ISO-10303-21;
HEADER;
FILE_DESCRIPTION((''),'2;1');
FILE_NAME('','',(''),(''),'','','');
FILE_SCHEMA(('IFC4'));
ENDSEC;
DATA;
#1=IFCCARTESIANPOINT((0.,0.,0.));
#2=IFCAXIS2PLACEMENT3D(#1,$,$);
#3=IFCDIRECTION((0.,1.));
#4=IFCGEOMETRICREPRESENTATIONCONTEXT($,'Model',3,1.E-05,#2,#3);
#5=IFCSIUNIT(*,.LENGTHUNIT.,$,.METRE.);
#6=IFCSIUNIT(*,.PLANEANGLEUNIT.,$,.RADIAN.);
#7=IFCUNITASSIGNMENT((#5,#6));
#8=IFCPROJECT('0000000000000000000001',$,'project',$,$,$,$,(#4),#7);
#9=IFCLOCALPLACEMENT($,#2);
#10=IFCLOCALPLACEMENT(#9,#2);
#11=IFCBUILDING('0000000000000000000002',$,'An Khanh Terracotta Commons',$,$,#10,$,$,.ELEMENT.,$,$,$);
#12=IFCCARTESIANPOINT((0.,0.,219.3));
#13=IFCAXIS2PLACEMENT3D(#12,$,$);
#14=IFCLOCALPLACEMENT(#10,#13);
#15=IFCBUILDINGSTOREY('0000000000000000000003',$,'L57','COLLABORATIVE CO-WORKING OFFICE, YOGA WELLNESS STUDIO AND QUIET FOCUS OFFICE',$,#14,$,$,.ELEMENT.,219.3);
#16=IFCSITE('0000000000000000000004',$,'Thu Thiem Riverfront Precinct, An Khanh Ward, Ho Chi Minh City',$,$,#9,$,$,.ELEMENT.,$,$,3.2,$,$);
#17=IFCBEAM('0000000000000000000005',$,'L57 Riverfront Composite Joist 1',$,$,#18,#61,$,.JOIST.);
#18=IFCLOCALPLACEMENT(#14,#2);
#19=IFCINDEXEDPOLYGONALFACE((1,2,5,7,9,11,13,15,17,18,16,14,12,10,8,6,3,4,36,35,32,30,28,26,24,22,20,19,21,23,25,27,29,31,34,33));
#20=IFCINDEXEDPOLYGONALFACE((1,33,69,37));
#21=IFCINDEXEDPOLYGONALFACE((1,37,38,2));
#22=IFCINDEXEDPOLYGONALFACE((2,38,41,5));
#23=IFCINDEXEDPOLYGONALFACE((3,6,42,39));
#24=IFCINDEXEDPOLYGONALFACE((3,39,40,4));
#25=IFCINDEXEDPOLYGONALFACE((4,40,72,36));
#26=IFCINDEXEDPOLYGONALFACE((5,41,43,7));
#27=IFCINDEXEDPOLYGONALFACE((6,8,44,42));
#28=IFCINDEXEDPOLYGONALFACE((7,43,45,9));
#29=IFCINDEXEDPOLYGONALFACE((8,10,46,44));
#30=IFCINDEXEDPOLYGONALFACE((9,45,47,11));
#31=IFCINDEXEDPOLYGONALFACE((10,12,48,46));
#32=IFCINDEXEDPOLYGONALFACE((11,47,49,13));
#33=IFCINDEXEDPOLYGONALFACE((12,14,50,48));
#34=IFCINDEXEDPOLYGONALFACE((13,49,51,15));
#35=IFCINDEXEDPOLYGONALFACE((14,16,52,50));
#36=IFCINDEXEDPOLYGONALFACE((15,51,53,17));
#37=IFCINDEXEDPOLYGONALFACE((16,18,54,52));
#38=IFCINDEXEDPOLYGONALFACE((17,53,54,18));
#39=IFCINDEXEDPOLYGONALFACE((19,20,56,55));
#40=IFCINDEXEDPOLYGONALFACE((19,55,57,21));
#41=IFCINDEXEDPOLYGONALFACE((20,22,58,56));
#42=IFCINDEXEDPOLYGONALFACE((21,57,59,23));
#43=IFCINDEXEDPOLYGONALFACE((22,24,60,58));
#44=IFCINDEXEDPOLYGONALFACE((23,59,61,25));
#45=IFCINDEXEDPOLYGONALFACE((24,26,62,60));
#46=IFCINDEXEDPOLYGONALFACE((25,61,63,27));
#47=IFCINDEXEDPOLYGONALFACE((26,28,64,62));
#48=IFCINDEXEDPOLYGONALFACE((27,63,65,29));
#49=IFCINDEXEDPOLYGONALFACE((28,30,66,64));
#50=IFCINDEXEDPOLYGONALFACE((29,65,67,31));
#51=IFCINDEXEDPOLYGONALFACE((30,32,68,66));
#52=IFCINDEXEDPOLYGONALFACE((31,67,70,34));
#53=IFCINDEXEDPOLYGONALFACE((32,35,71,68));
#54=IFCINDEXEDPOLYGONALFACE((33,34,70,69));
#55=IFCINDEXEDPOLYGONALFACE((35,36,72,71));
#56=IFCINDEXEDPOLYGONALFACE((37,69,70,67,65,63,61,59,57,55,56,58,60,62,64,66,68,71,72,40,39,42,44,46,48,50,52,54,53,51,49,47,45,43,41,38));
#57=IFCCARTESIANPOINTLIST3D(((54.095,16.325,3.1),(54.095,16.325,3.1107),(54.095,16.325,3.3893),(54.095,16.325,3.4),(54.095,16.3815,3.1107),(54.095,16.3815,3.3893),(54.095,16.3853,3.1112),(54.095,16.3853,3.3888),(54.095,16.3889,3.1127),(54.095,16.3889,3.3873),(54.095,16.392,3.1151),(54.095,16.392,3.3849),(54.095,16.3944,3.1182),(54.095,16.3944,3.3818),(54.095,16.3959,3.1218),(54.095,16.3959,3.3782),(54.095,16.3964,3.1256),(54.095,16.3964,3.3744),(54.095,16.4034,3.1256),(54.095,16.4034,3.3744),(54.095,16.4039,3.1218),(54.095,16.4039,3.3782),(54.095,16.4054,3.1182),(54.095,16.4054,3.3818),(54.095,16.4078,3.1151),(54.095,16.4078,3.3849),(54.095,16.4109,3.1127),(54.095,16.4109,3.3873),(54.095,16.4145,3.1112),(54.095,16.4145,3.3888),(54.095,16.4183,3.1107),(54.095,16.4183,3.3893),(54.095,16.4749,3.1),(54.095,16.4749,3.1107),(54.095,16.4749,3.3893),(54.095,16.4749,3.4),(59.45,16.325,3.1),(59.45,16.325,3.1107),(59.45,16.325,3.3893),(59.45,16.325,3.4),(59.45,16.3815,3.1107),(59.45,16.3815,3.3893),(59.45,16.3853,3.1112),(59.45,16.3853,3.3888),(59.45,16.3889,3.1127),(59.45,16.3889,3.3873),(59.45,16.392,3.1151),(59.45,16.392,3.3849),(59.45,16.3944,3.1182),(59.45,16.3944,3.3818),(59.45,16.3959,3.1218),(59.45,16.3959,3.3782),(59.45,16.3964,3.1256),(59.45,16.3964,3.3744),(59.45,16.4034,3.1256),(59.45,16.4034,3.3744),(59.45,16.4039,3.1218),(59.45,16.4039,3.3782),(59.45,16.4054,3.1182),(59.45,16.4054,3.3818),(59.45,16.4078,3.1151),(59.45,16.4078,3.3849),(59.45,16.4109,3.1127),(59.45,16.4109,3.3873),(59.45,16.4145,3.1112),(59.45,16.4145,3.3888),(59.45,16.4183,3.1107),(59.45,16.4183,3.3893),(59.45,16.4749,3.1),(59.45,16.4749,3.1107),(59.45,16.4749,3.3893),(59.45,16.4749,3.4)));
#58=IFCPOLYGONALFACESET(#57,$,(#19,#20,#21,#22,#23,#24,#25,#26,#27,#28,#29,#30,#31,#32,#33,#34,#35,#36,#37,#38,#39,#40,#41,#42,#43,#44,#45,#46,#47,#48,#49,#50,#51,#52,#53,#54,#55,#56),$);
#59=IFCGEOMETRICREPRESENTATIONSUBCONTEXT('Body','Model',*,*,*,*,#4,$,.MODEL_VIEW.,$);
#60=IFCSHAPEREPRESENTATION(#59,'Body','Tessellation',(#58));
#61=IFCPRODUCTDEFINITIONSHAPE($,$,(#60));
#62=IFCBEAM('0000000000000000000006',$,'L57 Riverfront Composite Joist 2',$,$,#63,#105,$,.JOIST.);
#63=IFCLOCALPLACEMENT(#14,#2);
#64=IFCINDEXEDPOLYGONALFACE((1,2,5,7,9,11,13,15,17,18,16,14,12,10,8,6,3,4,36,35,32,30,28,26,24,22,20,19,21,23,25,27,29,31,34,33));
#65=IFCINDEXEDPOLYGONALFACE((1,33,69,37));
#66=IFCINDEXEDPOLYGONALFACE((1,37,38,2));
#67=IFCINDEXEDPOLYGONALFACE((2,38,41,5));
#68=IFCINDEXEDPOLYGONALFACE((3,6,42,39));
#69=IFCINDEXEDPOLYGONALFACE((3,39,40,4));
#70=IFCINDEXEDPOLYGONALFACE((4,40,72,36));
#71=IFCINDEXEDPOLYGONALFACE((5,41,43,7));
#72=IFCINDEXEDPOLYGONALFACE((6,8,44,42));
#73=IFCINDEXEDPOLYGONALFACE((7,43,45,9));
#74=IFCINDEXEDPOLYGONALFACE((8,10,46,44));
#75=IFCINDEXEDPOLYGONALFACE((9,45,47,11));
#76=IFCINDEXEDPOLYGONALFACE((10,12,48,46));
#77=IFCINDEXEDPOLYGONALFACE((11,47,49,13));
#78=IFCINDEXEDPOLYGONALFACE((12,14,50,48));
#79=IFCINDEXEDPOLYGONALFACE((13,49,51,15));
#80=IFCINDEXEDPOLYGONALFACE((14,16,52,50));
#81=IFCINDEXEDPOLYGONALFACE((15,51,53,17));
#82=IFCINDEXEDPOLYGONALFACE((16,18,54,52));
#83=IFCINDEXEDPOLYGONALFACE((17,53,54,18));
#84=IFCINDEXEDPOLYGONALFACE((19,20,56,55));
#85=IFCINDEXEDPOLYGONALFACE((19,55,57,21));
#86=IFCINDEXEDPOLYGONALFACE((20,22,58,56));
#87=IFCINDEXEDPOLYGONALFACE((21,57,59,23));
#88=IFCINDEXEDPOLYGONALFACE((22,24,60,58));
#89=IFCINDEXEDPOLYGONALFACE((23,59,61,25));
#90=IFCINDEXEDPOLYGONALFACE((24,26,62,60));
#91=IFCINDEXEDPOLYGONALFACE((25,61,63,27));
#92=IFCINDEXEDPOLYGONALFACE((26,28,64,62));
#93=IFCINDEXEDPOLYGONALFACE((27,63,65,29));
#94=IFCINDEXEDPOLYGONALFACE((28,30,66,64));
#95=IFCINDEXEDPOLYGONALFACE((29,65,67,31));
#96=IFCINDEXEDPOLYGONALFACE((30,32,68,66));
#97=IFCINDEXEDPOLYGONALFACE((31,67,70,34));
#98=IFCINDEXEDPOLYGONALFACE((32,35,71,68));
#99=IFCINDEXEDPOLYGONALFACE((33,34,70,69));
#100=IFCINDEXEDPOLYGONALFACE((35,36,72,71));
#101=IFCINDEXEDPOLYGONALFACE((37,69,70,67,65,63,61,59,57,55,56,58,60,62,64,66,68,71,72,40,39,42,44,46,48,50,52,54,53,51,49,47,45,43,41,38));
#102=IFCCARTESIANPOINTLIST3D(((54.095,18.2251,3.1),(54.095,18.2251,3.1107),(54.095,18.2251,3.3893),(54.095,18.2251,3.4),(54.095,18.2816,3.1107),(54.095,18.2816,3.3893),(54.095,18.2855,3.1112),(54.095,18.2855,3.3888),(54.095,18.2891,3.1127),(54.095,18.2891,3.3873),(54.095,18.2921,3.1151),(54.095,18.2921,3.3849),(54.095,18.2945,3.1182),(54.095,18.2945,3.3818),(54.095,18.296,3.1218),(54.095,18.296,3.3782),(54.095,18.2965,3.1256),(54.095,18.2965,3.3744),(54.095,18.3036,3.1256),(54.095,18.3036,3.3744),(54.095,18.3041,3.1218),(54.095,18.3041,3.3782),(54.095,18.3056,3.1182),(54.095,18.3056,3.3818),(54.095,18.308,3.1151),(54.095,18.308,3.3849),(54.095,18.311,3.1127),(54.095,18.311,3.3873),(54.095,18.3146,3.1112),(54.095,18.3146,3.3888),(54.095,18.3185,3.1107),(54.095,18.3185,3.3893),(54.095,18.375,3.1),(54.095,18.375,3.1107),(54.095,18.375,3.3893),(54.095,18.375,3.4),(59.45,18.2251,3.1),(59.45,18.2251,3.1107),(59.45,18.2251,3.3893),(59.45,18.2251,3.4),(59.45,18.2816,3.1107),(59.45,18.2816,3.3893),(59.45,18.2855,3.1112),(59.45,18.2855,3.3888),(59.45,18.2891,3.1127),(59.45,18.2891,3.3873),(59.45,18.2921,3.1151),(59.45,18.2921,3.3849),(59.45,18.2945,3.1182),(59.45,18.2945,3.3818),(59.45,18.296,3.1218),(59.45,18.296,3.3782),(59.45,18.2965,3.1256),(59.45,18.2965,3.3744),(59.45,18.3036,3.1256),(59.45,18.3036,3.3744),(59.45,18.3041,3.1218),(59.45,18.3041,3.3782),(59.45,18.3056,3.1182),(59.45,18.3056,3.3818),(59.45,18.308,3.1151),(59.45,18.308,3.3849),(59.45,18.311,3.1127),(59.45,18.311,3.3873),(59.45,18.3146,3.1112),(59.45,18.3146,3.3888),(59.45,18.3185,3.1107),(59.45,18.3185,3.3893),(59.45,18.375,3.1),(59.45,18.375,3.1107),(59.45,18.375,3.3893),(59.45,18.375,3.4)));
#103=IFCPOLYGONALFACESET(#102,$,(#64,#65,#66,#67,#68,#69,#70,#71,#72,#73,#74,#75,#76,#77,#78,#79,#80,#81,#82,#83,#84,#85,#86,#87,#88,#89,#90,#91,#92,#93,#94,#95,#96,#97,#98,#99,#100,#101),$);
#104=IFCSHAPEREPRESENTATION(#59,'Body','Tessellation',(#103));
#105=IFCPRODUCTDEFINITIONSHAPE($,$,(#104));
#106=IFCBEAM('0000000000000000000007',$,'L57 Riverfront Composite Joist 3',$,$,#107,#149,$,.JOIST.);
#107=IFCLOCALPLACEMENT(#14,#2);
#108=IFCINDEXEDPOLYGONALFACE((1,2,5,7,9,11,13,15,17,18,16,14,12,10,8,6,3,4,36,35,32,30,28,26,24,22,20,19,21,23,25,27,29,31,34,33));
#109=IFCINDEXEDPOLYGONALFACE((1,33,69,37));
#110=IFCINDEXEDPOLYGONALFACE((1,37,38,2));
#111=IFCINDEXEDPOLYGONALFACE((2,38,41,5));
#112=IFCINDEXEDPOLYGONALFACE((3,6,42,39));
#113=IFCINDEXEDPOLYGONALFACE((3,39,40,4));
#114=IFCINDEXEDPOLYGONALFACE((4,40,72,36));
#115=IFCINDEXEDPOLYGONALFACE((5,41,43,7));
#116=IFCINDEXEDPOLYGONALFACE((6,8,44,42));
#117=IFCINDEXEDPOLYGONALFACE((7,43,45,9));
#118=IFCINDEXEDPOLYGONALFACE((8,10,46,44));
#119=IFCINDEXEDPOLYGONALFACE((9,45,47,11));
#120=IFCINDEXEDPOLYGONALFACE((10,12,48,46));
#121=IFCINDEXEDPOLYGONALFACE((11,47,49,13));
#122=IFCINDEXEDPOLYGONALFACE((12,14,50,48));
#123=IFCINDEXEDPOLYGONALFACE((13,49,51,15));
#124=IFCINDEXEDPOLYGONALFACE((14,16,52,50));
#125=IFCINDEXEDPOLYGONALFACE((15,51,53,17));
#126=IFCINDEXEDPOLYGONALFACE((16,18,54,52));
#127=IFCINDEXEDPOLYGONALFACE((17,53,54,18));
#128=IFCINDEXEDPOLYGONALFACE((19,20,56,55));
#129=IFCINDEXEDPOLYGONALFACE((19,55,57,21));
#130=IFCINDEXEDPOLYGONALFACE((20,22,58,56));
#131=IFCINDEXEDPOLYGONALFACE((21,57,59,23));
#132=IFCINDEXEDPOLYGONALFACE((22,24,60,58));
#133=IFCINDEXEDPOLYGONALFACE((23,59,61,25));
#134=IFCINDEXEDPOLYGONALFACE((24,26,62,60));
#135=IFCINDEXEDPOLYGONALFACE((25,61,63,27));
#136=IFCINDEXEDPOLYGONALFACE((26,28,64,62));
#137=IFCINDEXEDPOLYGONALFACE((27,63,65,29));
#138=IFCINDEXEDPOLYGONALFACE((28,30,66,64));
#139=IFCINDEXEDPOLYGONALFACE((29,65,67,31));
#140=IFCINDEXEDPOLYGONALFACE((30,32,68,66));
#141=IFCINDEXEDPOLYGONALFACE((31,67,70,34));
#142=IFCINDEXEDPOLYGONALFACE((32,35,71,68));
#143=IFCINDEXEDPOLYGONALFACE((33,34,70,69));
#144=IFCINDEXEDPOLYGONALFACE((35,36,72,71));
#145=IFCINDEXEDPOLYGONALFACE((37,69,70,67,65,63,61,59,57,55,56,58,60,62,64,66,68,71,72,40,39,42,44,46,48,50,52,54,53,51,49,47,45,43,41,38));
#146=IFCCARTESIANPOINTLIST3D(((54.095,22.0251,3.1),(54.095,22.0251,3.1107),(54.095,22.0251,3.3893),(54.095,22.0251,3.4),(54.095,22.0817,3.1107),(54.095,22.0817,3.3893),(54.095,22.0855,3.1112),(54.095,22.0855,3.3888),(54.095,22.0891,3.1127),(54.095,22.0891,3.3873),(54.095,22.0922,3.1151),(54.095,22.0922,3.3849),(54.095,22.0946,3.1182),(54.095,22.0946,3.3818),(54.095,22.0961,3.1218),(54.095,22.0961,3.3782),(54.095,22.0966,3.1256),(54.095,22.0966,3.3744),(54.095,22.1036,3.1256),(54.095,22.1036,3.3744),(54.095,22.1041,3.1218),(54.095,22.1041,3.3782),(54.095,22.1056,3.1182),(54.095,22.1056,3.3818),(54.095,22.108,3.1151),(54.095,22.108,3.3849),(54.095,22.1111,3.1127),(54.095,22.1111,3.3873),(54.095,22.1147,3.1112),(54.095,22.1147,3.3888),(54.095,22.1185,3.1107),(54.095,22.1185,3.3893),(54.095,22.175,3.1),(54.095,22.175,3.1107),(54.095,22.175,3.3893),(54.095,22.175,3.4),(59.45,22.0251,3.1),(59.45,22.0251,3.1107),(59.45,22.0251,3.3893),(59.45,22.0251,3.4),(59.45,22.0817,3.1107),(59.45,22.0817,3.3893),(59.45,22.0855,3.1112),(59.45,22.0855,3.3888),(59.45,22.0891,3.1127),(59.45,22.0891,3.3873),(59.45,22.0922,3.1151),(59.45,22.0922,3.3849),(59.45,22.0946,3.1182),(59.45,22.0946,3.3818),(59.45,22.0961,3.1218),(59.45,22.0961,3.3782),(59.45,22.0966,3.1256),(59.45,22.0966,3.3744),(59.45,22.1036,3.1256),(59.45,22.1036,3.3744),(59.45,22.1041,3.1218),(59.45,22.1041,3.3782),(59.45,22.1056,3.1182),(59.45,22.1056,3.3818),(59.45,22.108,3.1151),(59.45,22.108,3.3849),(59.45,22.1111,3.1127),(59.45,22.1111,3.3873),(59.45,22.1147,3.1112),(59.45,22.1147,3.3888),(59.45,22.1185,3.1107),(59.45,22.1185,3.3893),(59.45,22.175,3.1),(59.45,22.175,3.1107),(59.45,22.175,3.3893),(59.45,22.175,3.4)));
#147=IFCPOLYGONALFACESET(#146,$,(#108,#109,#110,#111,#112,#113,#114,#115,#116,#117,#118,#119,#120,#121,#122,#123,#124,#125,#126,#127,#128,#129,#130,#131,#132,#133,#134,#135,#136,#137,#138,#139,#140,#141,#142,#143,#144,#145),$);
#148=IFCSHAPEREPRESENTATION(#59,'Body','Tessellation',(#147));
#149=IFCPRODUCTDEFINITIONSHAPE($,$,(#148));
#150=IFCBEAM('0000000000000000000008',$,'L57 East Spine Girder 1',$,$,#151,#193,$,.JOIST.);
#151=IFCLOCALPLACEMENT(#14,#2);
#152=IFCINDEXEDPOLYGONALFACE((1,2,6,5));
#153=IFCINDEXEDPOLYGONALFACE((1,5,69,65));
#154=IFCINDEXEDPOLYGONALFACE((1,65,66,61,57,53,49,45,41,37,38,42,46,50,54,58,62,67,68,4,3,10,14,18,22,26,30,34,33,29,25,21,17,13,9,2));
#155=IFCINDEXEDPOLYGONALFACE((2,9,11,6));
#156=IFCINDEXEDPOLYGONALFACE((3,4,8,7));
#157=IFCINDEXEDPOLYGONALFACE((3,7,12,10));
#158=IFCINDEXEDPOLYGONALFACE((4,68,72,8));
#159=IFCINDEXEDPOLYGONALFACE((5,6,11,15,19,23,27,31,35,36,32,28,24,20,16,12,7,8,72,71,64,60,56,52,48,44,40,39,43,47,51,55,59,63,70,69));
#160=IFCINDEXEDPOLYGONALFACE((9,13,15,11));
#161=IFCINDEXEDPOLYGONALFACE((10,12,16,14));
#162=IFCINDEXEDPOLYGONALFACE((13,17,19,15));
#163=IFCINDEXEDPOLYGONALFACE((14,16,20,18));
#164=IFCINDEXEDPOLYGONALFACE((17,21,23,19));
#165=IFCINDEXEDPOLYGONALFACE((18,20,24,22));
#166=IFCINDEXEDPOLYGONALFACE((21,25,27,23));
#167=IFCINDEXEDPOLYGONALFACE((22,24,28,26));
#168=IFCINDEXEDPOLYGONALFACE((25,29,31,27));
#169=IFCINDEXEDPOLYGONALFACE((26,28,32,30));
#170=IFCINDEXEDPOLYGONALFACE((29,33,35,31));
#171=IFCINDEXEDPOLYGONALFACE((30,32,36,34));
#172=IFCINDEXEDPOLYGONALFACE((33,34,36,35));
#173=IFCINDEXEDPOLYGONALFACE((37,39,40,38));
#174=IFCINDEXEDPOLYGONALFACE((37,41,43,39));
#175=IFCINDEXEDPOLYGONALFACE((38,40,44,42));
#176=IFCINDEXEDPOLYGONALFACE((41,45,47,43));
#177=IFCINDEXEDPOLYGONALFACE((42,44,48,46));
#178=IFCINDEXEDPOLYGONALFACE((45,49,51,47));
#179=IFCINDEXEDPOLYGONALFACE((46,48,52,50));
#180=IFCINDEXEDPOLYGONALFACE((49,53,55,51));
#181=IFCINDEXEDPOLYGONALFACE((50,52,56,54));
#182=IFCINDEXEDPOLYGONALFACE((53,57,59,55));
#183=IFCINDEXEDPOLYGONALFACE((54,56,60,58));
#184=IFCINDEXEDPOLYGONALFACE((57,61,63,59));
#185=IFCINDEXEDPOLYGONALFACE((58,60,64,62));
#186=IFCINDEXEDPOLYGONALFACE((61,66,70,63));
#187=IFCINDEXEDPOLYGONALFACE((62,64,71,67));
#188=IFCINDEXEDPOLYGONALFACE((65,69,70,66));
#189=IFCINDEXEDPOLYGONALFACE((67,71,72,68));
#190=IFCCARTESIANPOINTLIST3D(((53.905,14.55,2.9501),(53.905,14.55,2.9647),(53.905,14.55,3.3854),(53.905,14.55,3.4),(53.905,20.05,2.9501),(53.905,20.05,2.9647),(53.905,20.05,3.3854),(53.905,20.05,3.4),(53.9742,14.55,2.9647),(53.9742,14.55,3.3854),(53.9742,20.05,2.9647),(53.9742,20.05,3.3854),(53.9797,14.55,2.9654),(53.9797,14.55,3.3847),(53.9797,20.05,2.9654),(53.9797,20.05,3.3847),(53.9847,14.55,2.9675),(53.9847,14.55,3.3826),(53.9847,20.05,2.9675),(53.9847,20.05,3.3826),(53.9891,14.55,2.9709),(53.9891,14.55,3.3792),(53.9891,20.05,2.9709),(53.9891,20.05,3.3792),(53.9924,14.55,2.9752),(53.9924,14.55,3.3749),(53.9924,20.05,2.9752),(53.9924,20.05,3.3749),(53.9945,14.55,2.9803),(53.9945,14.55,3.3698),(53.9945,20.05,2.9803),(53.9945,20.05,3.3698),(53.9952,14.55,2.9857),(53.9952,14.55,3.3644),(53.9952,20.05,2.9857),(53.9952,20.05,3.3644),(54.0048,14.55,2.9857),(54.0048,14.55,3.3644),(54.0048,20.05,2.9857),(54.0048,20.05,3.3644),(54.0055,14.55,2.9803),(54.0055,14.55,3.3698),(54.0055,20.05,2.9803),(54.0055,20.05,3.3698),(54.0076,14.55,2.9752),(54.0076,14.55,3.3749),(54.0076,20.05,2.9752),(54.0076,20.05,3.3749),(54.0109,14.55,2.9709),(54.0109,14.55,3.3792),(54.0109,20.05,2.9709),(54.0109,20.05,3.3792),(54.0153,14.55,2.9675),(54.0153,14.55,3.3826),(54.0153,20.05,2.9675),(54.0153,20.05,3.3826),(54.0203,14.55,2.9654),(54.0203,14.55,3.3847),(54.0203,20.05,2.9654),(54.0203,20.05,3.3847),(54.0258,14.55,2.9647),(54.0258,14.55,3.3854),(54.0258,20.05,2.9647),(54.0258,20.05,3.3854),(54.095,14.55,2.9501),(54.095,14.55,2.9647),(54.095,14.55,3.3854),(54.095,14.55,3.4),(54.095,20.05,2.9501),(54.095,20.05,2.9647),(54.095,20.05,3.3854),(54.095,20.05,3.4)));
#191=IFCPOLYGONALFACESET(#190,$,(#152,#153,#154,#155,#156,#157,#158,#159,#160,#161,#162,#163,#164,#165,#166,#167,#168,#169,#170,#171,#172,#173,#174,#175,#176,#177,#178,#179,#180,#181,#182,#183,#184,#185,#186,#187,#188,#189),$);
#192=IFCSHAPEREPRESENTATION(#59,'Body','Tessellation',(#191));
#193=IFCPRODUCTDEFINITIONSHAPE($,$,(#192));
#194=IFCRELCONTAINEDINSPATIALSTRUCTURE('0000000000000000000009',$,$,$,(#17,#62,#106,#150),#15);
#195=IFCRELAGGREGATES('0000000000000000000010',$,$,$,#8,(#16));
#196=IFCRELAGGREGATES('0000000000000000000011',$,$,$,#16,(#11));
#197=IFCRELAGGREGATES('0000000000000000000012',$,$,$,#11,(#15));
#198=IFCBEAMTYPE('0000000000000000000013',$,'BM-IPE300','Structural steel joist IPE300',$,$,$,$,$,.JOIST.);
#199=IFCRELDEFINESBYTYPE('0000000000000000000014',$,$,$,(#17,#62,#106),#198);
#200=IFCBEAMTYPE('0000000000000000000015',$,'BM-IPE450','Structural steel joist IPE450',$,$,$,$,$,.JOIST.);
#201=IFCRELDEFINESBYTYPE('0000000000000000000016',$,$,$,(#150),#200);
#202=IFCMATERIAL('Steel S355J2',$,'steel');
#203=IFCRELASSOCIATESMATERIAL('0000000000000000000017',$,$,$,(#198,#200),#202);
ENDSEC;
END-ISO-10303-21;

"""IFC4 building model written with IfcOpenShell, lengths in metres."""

from ifc_helpers import new_model, si_unit, direction, frame, origin, origin_2d, place, context, subcontext, project, spatial, i_section, extrude, material, material_profile, profile_set, type_object, element, save


model = new_model("IFC4")

# Units and contexts
model_context = context("Model", 3, precision=1e-05, world=origin(), true_north=direction((0.0, 1.0)))
body_context = subcontext(model_context, "Body", "Model", "MODEL_VIEW")
ifc_project = project(units=[si_unit("LENGTHUNIT", "METRE"), si_unit("PLANEANGLEUNIT", "RADIAN")], contexts=[model_context])

# Site, building, storey
site_placement = place(None, origin())
site = spatial("IfcSite", under=ifc_project, at=site_placement, Name="Thu Thiem Riverfront Precinct, An Khanh Ward, Ho Chi Minh City", CompositionType="ELEMENT", RefElevation=3.2)
building_placement = place(site_placement, origin())
building = spatial("IfcBuilding", under=site, at=building_placement, Name="An Khanh Terracotta Commons", CompositionType="ELEMENT")
storey_placement = place(building_placement, frame((0.0, 0.0, 219.3)))
storey = spatial("IfcBuildingStorey", under=building, at=storey_placement, Name="L57", Description="COLLABORATIVE CO-WORKING OFFICE, YOGA WELLNESS STUDIO AND QUIET FOCUS OFFICE", CompositionType="ELEMENT", Elevation=219.3)

# Beams
ifc_material_1 = material(Name="Steel S355J2", Category="steel")
ifc_material_profile_1 = material_profile(ifc_material_1, i_section(OverallWidth=0.1499, OverallDepth=0.3, WebThickness=0.0071, FlangeThickness=0.0107, FilletRadius=0.0149, at=origin_2d()), Name="IPE300")
ifc_profile_set_1 = profile_set([ifc_material_profile_1], Name="Steel S355J2")
beam_type_1 = type_object("IfcBeamType", Name="BM-IPE300", Description="Structural steel joist IPE300", PredefinedType="JOIST", material=ifc_profile_set_1)
for number, where, z_axis, x_axis, name in (
    (1, (54.095, 16.3999, 3.25), (1.0, 0.0, 0.0), (0.0, 1.0, 0.0), "L57 Riverfront Composite Joist 1"),
    (2, (54.095, 18.3, 3.25), (1.0, 0.0, 0.0), (0.0, 1.0, 0.0), "L57 Riverfront Composite Joist 2"),
    (3, (54.095, 22.1001, 3.25), (1.0, 0.0, 0.0), (0.0, 1.0, 0.0), "L57 Riverfront Composite Joist 3"),
):
    element("IfcBeam", number, at=place(storey_placement, frame(where, z_axis=z_axis, x_axis=x_axis)), inside=storey, type_object=beam_type_1, Name=name, PredefinedType="JOIST", context=body_context, shape_type="SweptSolid", body=[
        extrude(i_section(OverallWidth=0.1499, OverallDepth=0.3, WebThickness=0.0071, FlangeThickness=0.0107, FilletRadius=0.0149, at=origin_2d()), origin(), (0.0, 0.0, 1.0), 5.355),
    ])
ifc_material_profile_2 = material_profile(ifc_material_1, i_section(OverallWidth=0.1899, OverallDepth=0.45, WebThickness=0.0095, FlangeThickness=0.0146, FilletRadius=0.021, at=origin_2d()), Name="IPE450")
ifc_profile_set_2 = profile_set([ifc_material_profile_2], Name="Steel S355J2")
beam_type_2 = type_object("IfcBeamType", Name="BM-IPE450", Description="Structural steel joist IPE450", PredefinedType="JOIST", material=ifc_profile_set_2)
beam_1_placement = place(storey_placement, frame((54.0, 14.55, 3.175), z_axis=(0.0, 1.0, 0.0), x_axis=(-1.0, 0.0, 0.0)))
element("IfcBeam", 4, at=beam_1_placement, inside=storey, type_object=beam_type_2, Name="L57 East Spine Girder 1", PredefinedType="JOIST", context=body_context, shape_type="SweptSolid", body=[
    extrude(i_section(OverallWidth=0.1899, OverallDepth=0.45, WebThickness=0.0095, FlangeThickness=0.0146, FilletRadius=0.021, at=origin_2d()), origin(), (0.0, 0.0, 1.0), 5.5),
])

save(model, "model.ifc")
